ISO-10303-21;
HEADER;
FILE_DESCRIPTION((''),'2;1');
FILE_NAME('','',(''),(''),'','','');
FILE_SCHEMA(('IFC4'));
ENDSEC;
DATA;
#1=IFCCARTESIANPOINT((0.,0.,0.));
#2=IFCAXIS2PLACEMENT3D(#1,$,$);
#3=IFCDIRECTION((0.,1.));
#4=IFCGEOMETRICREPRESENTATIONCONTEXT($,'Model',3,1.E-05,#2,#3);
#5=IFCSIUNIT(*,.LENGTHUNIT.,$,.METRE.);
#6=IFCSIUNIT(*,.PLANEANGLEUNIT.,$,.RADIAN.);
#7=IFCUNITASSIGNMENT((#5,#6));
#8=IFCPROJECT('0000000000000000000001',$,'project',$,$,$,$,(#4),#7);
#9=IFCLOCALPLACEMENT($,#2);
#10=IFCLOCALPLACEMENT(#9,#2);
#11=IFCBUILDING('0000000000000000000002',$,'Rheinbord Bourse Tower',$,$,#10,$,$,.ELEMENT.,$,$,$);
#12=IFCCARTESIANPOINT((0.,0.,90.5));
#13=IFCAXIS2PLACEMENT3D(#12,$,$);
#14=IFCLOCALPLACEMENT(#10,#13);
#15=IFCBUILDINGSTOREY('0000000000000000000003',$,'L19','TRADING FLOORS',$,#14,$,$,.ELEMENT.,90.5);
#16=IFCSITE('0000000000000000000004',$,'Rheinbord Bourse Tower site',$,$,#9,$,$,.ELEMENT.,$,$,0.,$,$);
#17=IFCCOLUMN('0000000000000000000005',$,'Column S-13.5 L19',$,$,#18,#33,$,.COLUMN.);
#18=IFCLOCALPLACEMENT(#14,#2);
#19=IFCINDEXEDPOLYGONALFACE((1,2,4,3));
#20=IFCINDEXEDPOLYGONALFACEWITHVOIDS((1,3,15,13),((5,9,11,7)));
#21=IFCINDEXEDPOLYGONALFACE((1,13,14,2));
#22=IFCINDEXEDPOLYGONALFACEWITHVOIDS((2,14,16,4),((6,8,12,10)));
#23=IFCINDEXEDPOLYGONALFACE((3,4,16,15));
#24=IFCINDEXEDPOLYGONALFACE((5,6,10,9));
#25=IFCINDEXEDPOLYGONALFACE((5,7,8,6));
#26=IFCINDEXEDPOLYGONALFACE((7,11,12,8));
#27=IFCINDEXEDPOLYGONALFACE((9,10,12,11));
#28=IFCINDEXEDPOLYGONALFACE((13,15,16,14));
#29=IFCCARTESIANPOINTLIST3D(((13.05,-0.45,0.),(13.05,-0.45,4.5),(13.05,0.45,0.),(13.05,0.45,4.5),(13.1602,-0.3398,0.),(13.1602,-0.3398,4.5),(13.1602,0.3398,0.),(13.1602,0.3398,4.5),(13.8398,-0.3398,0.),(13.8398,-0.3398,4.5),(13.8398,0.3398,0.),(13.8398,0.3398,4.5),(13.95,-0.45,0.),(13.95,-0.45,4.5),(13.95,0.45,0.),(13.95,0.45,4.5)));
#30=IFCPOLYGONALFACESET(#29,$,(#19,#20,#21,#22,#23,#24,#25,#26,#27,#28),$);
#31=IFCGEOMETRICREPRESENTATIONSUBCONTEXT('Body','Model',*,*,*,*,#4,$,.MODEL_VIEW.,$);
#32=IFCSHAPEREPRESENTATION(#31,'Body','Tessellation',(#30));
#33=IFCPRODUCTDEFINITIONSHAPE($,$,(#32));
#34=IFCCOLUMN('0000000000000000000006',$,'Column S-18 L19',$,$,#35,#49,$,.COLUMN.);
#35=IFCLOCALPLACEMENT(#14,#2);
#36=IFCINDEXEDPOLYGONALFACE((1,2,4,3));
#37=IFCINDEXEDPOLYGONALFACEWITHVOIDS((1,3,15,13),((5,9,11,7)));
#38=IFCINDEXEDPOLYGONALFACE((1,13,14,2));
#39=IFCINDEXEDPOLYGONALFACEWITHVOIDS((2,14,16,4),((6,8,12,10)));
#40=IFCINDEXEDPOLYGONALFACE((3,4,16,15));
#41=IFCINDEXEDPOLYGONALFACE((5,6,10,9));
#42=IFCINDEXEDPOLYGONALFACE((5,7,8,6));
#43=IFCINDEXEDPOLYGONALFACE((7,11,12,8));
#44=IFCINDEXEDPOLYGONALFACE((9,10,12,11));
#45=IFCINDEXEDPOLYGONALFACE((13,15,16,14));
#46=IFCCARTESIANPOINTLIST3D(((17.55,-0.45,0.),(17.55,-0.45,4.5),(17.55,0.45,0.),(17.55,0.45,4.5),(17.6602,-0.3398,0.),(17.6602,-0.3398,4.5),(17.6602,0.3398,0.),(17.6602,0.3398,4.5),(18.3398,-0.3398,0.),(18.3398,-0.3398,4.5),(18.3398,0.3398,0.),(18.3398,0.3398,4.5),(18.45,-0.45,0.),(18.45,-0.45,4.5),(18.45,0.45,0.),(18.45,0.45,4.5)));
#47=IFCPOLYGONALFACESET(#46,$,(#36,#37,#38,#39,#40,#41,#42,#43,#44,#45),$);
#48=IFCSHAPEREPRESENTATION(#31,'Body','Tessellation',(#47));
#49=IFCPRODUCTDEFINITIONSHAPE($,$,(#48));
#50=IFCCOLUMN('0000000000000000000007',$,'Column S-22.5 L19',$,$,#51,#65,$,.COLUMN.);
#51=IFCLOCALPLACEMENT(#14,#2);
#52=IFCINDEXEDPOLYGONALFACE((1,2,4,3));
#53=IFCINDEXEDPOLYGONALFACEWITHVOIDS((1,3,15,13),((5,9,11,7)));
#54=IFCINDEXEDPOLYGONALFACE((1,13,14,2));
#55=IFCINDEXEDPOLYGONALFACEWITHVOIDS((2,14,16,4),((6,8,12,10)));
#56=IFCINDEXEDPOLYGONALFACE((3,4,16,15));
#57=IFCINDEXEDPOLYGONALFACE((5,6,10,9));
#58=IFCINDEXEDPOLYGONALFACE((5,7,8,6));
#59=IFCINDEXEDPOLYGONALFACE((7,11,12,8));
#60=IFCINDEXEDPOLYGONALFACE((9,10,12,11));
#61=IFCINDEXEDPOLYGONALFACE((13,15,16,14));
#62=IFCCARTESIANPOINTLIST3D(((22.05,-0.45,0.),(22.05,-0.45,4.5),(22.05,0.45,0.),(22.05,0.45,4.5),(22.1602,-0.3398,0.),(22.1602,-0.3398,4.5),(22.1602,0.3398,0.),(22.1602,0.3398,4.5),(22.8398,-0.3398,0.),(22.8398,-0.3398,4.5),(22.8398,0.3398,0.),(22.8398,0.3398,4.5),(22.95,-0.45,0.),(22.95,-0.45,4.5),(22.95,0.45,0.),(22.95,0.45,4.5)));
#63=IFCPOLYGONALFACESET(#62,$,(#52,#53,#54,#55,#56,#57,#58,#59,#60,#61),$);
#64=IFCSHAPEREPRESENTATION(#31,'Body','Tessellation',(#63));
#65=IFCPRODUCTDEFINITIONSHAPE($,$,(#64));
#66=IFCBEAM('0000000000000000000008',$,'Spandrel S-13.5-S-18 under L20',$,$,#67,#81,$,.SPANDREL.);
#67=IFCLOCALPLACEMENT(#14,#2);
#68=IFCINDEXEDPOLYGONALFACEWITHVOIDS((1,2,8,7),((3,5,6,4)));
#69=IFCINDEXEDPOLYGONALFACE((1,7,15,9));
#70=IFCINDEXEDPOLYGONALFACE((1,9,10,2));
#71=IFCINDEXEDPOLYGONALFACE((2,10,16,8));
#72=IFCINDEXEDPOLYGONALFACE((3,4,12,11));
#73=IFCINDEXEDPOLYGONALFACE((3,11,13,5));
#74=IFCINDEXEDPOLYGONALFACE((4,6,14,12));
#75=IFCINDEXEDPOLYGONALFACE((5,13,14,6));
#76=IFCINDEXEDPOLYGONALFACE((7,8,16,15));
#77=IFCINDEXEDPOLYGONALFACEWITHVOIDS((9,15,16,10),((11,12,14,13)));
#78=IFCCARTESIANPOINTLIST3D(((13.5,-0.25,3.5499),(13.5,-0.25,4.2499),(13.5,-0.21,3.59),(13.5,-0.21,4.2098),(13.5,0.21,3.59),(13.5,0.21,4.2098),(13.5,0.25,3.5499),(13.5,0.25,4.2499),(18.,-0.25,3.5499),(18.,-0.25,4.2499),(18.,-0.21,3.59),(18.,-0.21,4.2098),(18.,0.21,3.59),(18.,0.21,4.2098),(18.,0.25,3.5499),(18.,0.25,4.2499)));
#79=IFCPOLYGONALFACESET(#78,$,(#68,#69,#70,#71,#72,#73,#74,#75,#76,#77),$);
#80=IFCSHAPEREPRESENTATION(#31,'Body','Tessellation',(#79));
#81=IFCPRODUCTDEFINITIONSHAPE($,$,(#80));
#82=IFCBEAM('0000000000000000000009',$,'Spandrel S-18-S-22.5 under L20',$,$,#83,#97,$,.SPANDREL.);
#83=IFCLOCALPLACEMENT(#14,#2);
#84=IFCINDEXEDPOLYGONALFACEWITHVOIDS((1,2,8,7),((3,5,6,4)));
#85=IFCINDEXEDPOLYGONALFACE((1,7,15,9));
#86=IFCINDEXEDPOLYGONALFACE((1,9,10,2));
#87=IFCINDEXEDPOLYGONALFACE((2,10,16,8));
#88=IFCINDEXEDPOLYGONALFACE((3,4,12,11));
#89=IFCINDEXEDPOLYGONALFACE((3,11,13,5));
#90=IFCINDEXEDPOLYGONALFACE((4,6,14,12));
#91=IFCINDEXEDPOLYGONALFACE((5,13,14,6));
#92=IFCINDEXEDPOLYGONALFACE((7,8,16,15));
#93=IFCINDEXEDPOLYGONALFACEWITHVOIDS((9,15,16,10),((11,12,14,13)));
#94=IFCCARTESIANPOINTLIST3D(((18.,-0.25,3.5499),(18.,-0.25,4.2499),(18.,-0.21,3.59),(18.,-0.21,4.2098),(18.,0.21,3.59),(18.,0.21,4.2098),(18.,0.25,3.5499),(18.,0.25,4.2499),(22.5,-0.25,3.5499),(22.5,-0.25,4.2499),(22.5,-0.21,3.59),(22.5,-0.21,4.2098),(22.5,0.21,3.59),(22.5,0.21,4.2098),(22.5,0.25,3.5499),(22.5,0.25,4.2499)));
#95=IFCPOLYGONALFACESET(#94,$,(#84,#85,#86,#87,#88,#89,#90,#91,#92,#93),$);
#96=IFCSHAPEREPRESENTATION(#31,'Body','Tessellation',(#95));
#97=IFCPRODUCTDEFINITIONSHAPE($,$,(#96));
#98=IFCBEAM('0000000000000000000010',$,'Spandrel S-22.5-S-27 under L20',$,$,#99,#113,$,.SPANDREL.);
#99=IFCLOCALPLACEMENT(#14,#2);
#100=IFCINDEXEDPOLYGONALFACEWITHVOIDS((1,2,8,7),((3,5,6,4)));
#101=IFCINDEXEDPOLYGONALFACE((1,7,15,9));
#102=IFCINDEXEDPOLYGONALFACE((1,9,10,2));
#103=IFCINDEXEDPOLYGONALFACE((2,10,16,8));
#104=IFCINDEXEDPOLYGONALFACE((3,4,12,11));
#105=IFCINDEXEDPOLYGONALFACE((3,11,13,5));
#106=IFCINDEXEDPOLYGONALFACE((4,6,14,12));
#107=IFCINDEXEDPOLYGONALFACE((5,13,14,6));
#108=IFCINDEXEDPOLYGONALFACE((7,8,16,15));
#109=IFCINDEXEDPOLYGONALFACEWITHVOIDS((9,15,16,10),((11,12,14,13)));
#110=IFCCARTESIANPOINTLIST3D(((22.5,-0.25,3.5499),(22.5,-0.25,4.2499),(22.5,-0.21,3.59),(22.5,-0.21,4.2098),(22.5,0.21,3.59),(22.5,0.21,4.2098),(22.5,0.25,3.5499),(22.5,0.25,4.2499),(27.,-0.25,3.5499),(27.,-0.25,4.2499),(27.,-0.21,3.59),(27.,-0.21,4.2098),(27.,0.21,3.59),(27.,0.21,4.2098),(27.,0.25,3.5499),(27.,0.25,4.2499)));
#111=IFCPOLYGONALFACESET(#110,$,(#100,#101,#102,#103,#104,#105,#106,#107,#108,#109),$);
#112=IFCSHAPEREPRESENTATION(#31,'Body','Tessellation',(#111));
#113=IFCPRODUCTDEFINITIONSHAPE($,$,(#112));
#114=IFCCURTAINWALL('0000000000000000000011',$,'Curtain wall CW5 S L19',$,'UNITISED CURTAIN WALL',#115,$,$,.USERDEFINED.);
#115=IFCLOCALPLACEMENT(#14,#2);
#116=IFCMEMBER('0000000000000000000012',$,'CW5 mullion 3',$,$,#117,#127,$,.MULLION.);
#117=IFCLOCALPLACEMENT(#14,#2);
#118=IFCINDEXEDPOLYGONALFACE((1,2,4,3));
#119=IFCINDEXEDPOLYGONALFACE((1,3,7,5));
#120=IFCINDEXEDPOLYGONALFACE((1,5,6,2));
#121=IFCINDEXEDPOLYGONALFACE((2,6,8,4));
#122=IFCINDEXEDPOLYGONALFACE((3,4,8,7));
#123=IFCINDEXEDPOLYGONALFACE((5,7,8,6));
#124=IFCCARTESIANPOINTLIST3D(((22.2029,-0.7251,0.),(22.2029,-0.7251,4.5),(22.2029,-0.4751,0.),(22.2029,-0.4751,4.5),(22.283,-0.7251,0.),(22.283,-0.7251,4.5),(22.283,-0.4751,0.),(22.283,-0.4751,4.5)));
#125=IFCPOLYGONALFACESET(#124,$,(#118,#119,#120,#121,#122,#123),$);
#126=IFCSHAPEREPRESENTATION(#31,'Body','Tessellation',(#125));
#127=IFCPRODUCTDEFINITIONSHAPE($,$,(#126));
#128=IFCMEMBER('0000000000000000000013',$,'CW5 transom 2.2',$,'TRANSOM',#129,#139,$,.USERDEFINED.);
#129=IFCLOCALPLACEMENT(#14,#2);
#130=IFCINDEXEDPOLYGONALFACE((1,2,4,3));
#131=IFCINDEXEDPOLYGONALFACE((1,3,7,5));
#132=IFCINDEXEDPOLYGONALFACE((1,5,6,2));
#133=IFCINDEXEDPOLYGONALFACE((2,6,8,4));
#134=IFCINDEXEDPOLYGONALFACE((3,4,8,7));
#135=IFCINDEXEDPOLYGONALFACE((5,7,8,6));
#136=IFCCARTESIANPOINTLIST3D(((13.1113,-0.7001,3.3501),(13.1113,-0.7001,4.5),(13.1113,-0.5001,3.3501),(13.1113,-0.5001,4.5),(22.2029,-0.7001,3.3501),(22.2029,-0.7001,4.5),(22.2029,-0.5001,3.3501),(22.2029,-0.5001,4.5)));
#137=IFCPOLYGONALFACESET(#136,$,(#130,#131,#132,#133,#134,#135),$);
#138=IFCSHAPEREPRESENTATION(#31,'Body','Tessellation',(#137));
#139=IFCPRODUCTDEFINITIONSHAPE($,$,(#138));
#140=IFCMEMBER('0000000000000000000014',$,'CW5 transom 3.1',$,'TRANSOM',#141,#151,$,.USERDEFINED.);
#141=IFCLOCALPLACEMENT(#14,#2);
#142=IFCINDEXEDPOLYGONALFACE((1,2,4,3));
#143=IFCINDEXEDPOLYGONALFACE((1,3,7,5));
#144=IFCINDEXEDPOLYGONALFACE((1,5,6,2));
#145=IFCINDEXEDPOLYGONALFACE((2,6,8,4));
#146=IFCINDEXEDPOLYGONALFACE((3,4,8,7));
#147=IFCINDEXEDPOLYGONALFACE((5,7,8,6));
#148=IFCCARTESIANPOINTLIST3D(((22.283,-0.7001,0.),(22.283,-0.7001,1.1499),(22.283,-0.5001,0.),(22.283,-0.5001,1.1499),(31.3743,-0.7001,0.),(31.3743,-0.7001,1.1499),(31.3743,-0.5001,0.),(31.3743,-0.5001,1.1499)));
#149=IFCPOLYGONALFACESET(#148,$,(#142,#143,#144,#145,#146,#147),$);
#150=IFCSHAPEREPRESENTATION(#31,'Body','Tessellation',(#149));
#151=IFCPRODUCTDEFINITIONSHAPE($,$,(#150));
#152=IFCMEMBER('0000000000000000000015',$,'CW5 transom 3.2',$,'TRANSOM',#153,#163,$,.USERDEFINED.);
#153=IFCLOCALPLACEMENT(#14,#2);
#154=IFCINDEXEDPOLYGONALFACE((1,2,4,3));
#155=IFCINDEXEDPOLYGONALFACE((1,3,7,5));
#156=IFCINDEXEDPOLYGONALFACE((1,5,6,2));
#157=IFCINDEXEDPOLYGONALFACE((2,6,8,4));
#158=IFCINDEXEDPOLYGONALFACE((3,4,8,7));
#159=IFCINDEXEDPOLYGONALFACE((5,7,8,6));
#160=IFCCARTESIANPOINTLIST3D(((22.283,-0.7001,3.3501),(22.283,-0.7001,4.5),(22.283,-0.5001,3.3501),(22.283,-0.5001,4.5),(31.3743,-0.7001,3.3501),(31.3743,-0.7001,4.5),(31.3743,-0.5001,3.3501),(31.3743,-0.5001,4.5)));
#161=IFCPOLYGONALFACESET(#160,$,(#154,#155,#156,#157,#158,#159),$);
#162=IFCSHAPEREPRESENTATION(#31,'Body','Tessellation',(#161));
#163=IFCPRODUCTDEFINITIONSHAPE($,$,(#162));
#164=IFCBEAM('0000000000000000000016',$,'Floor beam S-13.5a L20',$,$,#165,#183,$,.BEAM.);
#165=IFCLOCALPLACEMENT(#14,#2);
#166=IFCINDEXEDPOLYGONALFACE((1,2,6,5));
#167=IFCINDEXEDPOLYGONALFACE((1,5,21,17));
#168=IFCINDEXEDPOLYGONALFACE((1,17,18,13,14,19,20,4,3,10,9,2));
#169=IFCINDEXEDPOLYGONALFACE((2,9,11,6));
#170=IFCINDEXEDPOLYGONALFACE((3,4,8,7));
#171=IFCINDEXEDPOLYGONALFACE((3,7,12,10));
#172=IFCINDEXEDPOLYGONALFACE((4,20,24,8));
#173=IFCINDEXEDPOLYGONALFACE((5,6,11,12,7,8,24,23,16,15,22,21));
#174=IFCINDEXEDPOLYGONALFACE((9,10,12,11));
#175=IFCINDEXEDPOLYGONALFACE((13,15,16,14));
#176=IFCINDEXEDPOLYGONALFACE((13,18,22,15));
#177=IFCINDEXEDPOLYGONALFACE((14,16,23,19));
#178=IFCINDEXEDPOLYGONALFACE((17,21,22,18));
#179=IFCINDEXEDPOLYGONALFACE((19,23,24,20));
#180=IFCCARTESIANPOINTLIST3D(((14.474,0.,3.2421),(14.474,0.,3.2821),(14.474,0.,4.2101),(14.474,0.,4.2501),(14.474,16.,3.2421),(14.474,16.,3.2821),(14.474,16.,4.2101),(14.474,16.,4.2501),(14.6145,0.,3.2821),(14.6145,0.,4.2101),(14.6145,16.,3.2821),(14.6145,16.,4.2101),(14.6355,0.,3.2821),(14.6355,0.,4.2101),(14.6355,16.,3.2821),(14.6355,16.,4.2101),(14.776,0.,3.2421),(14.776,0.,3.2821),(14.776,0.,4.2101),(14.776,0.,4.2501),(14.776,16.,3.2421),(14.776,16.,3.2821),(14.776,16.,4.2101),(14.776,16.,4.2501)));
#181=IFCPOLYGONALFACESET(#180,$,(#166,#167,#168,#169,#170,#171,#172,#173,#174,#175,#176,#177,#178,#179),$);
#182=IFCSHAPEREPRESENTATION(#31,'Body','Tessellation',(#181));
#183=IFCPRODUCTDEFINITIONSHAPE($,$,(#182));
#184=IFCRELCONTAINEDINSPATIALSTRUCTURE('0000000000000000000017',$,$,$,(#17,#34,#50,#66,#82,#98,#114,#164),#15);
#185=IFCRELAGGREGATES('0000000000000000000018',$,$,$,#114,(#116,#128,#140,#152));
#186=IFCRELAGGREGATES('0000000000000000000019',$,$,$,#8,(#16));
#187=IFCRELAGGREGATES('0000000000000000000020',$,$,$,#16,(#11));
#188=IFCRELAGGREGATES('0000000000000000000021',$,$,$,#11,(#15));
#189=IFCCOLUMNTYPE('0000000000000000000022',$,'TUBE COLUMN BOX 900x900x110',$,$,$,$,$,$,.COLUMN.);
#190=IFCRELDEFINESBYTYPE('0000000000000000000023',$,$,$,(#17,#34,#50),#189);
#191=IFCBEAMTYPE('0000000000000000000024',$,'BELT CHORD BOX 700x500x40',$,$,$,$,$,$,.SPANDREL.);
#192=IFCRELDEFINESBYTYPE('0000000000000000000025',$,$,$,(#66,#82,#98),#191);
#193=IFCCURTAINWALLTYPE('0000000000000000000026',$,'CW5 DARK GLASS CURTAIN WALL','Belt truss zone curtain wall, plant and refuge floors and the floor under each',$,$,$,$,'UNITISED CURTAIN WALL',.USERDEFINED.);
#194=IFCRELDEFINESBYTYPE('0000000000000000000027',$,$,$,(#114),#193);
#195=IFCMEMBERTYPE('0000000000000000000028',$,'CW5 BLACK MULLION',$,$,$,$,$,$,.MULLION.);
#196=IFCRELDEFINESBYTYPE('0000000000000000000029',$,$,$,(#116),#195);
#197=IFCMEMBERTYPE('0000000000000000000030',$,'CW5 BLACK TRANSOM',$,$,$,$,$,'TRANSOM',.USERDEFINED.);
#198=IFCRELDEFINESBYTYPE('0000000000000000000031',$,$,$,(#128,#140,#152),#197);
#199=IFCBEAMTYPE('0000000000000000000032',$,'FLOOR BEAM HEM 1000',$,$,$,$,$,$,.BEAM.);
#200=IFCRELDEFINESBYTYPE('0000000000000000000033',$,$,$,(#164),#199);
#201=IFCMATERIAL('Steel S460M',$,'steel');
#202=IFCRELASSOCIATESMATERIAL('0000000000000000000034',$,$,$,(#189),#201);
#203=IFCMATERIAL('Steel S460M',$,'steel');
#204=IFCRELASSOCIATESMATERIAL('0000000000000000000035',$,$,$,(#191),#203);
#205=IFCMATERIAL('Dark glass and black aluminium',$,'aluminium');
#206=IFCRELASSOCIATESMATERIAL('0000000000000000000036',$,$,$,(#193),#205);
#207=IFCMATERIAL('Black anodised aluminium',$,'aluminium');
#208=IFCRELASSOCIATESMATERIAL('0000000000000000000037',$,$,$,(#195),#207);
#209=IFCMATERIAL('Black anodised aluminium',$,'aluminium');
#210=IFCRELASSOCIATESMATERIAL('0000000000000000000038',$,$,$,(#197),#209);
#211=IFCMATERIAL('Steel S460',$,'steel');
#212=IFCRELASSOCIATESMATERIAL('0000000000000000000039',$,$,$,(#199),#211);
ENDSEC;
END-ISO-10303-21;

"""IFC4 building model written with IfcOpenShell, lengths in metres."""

from ifc_helpers import new_model, si_unit, direction, frame, origin, origin_2d, place, context, subcontext, project, spatial, rectangle, hollow_rectangle, i_section, extrude, material, material_profile, profile_set, type_object, element, aggregate, save


model = new_model("IFC4")

# Units and contexts
model_context = context("Model", 3, precision=1e-05, world=origin(), true_north=direction((0.0, 1.0)))
body_context = subcontext(model_context, "Body", "Model", "MODEL_VIEW")
ifc_project = project(units=[si_unit("LENGTHUNIT", "METRE"), si_unit("PLANEANGLEUNIT", "RADIAN")], contexts=[model_context])

# Site, building, storey
site_placement = place(None, origin())
site = spatial("IfcSite", under=ifc_project, at=site_placement, Name="Rheinbord Bourse Tower site", CompositionType="ELEMENT", RefElevation=0.0)
building_placement = place(site_placement, origin())
building = spatial("IfcBuilding", under=site, at=building_placement, Name="Rheinbord Bourse Tower", CompositionType="ELEMENT")
storey_placement = place(building_placement, frame((0.0, 0.0, 90.5)))
storey = spatial("IfcBuildingStorey", under=building, at=storey_placement, Name="L19", Description="TRADING FLOORS", CompositionType="ELEMENT", Elevation=90.5)

# Columns
ifc_material_1 = material(Name="Steel S460M", Category="steel")
ifc_material_profile_1 = material_profile(ifc_material_1, hollow_rectangle(XDim=0.8999, YDim=0.8999, WallThickness=0.1101, at=origin_2d()), Name="BOX 900x900x110")
ifc_profile_set_1 = profile_set([ifc_material_profile_1], Name="Steel S460M")
column_type = type_object("IfcColumnType", Name="TUBE COLUMN BOX 900x900x110", PredefinedType="COLUMN", material=ifc_profile_set_1)
for number, where, z_axis, x_axis, name in (
    (1, (13.5, 0.0, 0.0), (0.0, 0.0, 1.0), (0.0, 1.0, 0.0), "Column S-13.5 L19"),
    (2, (18.0, 0.0, 0.0), (0.0, 0.0, 1.0), (0.0, 1.0, 0.0), "Column S-18 L19"),
    (3, (22.5, 0.0, 0.0), (0.0, 0.0, 1.0), (0.0, 1.0, 0.0), "Column S-22.5 L19"),
):
    element("IfcColumn", number, at=place(storey_placement, frame(where, z_axis=z_axis, x_axis=x_axis)), inside=storey, type_object=column_type, Name=name, PredefinedType="COLUMN", context=body_context, shape_type="SweptSolid", body=[
        extrude(hollow_rectangle(XDim=0.8999, YDim=0.8999, WallThickness=0.1101, at=origin_2d()), origin(), (0.0, 0.0, 1.0), 4.5),
    ])

# Beams
ifc_material_2 = material(Name="Steel S460M", Category="steel")
ifc_material_profile_2 = material_profile(ifc_material_2, hollow_rectangle(XDim=0.5, YDim=0.7, WallThickness=0.04, at=origin_2d()), Name="BOX 700x500x40")
ifc_profile_set_2 = profile_set([ifc_material_profile_2], Name="Steel S460M")
beam_type_1 = type_object("IfcBeamType", Name="BELT CHORD BOX 700x500x40", PredefinedType="SPANDREL", material=ifc_profile_set_2)
for number, where, z_axis, x_axis, name in (
    (4, (13.5, 0.0, 3.8999), (1.0, 0.0, 0.0), (0.0, 1.0, 0.0), "Spandrel S-13.5-S-18 under L20"),
    (5, (18.0, 0.0, 3.8999), (1.0, 0.0, 0.0), (0.0, 1.0, 0.0), "Spandrel S-18-S-22.5 under L20"),
    (6, (22.5, 0.0, 3.8999), (1.0, 0.0, 0.0), (0.0, 1.0, 0.0), "Spandrel S-22.5-S-27 under L20"),
):
    element("IfcBeam", number, at=place(storey_placement, frame(where, z_axis=z_axis, x_axis=x_axis)), inside=storey, type_object=beam_type_1, Name=name, PredefinedType="SPANDREL", context=body_context, shape_type="SweptSolid", body=[
        extrude(hollow_rectangle(XDim=0.5, YDim=0.7, WallThickness=0.04, at=origin_2d()), origin(), (0.0, 0.0, 1.0), 4.5),
    ])

# Curtain wall, members
ifc_material_3 = material(Name="Dark glass and black aluminium", Category="aluminium")
curtain_wall_type = type_object("IfcCurtainWallType", Name="CW5 DARK GLASS CURTAIN WALL", Description="Belt truss zone curtain wall, plant and refuge floors and the floor under each", ElementType="UNITISED CURTAIN WALL", PredefinedType="USERDEFINED", material=ifc_material_3)
curtain_wall_placement = place(storey_placement, origin())
curtain_wall = element("IfcCurtainWall", 7, at=curtain_wall_placement, inside=storey, type_object=curtain_wall_type, Name="Curtain wall CW5 S L19", ObjectType="UNITISED CURTAIN WALL", PredefinedType="USERDEFINED")
ifc_material_4 = material(Name="Black anodised aluminium", Category="aluminium")
ifc_material_profile_3 = material_profile(ifc_material_4, rectangle(XDim=0.25, YDim=0.0801, at=origin_2d()), Name="CW5 MULLION 80x250")
ifc_profile_set_3 = profile_set([ifc_material_profile_3], Name="Black anodised aluminium")
member_type_1 = type_object("IfcMemberType", Name="CW5 BLACK MULLION", PredefinedType="MULLION", material=ifc_profile_set_3)
member_1_placement = place(storey_placement, frame((22.2429, -0.6001, 0.0), z_axis=(0.0, 0.0, 1.0), x_axis=(0.0, 1.0, 0.0)))
member_1 = element("IfcMember", 8, at=member_1_placement, type_object=member_type_1, Name="CW5 mullion 3", PredefinedType="MULLION", context=body_context, shape_type="SweptSolid", body=[
    extrude(rectangle(XDim=0.25, YDim=0.0801, at=origin_2d()), origin(), (0.0, 0.0, 1.0), 4.5),
])
ifc_material_5 = material(Name="Black anodised aluminium", Category="aluminium")
ifc_material_profile_4 = material_profile(ifc_material_5, rectangle(XDim=0.2, YDim=1.1499, at=origin_2d()), Name="CW5 TRANSOM 1150x200")
ifc_profile_set_4 = profile_set([ifc_material_profile_4], Name="Black anodised aluminium")
member_type_2 = type_object("IfcMemberType", Name="CW5 BLACK TRANSOM", ElementType="TRANSOM", PredefinedType="USERDEFINED", material=ifc_profile_set_4)
member_2_placement = place(storey_placement, frame((13.1113, -0.6001, 3.925), z_axis=(1.0, 0.0, 0.0), x_axis=(0.0, 1.0, 0.0)))
member_2 = element("IfcMember", 9, at=member_2_placement, type_object=member_type_2, Name="CW5 transom 2.2", ObjectType="TRANSOM", PredefinedType="USERDEFINED", context=body_context, shape_type="SweptSolid", body=[
    extrude(rectangle(XDim=0.2, YDim=1.1499, at=origin_2d()), origin(), (0.0, 0.0, 1.0), 9.0916),
])
member_3_placement = place(storey_placement, frame((22.283, -0.6001, 0.575), z_axis=(1.0, 0.0, 0.0), x_axis=(0.0, 1.0, 0.0)))
member_3 = element("IfcMember", 10, at=member_3_placement, type_object=member_type_2, Name="CW5 transom 3.1", ObjectType="TRANSOM", PredefinedType="USERDEFINED", context=body_context, shape_type="SweptSolid", body=[
    extrude(rectangle(XDim=0.2, YDim=1.1499, at=origin_2d()), origin(), (0.0, 0.0, 1.0), 9.0913),
])
member_4_placement = place(storey_placement, frame((22.283, -0.6001, 3.925), z_axis=(1.0, 0.0, 0.0), x_axis=(0.0, 1.0, 0.0)))
member_4 = element("IfcMember", 11, at=member_4_placement, type_object=member_type_2, Name="CW5 transom 3.2", ObjectType="TRANSOM", PredefinedType="USERDEFINED", context=body_context, shape_type="SweptSolid", body=[
    extrude(rectangle(XDim=0.2, YDim=1.1499, at=origin_2d()), origin(), (0.0, 0.0, 1.0), 9.0913),
])

# Beam
ifc_material_6 = material(Name="Steel S460", Category="steel")
ifc_material_profile_5 = material_profile(ifc_material_6, i_section(OverallWidth=0.302, OverallDepth=1.0081, WebThickness=0.021, FlangeThickness=0.04, at=origin_2d()), Name="HEM 1000")
ifc_profile_set_5 = profile_set([ifc_material_profile_5], Name="Steel S460")
beam_type_2 = type_object("IfcBeamType", Name="FLOOR BEAM HEM 1000", PredefinedType="BEAM", material=ifc_profile_set_5)
for number, where, z_axis, x_axis, name in (
    (12, (14.625, 0.0, 3.7461), (0.0, 1.0, 0.0), (-1.0, 0.0, 0.0), "Floor beam S-13.5a L20"),
):
    element("IfcBeam", number, at=place(storey_placement, frame(where, z_axis=z_axis, x_axis=x_axis)), inside=storey, type_object=beam_type_2, Name=name, PredefinedType="BEAM", context=body_context, shape_type="SweptSolid", body=[
        extrude(i_section(OverallWidth=0.302, OverallDepth=1.0081, WebThickness=0.021, FlangeThickness=0.04, at=origin_2d()), origin(), (0.0, 0.0, 1.0), 16.0),
    ])

aggregate(curtain_wall, [member_1, member_2, member_3, member_4])

save(model, "model.ifc")
